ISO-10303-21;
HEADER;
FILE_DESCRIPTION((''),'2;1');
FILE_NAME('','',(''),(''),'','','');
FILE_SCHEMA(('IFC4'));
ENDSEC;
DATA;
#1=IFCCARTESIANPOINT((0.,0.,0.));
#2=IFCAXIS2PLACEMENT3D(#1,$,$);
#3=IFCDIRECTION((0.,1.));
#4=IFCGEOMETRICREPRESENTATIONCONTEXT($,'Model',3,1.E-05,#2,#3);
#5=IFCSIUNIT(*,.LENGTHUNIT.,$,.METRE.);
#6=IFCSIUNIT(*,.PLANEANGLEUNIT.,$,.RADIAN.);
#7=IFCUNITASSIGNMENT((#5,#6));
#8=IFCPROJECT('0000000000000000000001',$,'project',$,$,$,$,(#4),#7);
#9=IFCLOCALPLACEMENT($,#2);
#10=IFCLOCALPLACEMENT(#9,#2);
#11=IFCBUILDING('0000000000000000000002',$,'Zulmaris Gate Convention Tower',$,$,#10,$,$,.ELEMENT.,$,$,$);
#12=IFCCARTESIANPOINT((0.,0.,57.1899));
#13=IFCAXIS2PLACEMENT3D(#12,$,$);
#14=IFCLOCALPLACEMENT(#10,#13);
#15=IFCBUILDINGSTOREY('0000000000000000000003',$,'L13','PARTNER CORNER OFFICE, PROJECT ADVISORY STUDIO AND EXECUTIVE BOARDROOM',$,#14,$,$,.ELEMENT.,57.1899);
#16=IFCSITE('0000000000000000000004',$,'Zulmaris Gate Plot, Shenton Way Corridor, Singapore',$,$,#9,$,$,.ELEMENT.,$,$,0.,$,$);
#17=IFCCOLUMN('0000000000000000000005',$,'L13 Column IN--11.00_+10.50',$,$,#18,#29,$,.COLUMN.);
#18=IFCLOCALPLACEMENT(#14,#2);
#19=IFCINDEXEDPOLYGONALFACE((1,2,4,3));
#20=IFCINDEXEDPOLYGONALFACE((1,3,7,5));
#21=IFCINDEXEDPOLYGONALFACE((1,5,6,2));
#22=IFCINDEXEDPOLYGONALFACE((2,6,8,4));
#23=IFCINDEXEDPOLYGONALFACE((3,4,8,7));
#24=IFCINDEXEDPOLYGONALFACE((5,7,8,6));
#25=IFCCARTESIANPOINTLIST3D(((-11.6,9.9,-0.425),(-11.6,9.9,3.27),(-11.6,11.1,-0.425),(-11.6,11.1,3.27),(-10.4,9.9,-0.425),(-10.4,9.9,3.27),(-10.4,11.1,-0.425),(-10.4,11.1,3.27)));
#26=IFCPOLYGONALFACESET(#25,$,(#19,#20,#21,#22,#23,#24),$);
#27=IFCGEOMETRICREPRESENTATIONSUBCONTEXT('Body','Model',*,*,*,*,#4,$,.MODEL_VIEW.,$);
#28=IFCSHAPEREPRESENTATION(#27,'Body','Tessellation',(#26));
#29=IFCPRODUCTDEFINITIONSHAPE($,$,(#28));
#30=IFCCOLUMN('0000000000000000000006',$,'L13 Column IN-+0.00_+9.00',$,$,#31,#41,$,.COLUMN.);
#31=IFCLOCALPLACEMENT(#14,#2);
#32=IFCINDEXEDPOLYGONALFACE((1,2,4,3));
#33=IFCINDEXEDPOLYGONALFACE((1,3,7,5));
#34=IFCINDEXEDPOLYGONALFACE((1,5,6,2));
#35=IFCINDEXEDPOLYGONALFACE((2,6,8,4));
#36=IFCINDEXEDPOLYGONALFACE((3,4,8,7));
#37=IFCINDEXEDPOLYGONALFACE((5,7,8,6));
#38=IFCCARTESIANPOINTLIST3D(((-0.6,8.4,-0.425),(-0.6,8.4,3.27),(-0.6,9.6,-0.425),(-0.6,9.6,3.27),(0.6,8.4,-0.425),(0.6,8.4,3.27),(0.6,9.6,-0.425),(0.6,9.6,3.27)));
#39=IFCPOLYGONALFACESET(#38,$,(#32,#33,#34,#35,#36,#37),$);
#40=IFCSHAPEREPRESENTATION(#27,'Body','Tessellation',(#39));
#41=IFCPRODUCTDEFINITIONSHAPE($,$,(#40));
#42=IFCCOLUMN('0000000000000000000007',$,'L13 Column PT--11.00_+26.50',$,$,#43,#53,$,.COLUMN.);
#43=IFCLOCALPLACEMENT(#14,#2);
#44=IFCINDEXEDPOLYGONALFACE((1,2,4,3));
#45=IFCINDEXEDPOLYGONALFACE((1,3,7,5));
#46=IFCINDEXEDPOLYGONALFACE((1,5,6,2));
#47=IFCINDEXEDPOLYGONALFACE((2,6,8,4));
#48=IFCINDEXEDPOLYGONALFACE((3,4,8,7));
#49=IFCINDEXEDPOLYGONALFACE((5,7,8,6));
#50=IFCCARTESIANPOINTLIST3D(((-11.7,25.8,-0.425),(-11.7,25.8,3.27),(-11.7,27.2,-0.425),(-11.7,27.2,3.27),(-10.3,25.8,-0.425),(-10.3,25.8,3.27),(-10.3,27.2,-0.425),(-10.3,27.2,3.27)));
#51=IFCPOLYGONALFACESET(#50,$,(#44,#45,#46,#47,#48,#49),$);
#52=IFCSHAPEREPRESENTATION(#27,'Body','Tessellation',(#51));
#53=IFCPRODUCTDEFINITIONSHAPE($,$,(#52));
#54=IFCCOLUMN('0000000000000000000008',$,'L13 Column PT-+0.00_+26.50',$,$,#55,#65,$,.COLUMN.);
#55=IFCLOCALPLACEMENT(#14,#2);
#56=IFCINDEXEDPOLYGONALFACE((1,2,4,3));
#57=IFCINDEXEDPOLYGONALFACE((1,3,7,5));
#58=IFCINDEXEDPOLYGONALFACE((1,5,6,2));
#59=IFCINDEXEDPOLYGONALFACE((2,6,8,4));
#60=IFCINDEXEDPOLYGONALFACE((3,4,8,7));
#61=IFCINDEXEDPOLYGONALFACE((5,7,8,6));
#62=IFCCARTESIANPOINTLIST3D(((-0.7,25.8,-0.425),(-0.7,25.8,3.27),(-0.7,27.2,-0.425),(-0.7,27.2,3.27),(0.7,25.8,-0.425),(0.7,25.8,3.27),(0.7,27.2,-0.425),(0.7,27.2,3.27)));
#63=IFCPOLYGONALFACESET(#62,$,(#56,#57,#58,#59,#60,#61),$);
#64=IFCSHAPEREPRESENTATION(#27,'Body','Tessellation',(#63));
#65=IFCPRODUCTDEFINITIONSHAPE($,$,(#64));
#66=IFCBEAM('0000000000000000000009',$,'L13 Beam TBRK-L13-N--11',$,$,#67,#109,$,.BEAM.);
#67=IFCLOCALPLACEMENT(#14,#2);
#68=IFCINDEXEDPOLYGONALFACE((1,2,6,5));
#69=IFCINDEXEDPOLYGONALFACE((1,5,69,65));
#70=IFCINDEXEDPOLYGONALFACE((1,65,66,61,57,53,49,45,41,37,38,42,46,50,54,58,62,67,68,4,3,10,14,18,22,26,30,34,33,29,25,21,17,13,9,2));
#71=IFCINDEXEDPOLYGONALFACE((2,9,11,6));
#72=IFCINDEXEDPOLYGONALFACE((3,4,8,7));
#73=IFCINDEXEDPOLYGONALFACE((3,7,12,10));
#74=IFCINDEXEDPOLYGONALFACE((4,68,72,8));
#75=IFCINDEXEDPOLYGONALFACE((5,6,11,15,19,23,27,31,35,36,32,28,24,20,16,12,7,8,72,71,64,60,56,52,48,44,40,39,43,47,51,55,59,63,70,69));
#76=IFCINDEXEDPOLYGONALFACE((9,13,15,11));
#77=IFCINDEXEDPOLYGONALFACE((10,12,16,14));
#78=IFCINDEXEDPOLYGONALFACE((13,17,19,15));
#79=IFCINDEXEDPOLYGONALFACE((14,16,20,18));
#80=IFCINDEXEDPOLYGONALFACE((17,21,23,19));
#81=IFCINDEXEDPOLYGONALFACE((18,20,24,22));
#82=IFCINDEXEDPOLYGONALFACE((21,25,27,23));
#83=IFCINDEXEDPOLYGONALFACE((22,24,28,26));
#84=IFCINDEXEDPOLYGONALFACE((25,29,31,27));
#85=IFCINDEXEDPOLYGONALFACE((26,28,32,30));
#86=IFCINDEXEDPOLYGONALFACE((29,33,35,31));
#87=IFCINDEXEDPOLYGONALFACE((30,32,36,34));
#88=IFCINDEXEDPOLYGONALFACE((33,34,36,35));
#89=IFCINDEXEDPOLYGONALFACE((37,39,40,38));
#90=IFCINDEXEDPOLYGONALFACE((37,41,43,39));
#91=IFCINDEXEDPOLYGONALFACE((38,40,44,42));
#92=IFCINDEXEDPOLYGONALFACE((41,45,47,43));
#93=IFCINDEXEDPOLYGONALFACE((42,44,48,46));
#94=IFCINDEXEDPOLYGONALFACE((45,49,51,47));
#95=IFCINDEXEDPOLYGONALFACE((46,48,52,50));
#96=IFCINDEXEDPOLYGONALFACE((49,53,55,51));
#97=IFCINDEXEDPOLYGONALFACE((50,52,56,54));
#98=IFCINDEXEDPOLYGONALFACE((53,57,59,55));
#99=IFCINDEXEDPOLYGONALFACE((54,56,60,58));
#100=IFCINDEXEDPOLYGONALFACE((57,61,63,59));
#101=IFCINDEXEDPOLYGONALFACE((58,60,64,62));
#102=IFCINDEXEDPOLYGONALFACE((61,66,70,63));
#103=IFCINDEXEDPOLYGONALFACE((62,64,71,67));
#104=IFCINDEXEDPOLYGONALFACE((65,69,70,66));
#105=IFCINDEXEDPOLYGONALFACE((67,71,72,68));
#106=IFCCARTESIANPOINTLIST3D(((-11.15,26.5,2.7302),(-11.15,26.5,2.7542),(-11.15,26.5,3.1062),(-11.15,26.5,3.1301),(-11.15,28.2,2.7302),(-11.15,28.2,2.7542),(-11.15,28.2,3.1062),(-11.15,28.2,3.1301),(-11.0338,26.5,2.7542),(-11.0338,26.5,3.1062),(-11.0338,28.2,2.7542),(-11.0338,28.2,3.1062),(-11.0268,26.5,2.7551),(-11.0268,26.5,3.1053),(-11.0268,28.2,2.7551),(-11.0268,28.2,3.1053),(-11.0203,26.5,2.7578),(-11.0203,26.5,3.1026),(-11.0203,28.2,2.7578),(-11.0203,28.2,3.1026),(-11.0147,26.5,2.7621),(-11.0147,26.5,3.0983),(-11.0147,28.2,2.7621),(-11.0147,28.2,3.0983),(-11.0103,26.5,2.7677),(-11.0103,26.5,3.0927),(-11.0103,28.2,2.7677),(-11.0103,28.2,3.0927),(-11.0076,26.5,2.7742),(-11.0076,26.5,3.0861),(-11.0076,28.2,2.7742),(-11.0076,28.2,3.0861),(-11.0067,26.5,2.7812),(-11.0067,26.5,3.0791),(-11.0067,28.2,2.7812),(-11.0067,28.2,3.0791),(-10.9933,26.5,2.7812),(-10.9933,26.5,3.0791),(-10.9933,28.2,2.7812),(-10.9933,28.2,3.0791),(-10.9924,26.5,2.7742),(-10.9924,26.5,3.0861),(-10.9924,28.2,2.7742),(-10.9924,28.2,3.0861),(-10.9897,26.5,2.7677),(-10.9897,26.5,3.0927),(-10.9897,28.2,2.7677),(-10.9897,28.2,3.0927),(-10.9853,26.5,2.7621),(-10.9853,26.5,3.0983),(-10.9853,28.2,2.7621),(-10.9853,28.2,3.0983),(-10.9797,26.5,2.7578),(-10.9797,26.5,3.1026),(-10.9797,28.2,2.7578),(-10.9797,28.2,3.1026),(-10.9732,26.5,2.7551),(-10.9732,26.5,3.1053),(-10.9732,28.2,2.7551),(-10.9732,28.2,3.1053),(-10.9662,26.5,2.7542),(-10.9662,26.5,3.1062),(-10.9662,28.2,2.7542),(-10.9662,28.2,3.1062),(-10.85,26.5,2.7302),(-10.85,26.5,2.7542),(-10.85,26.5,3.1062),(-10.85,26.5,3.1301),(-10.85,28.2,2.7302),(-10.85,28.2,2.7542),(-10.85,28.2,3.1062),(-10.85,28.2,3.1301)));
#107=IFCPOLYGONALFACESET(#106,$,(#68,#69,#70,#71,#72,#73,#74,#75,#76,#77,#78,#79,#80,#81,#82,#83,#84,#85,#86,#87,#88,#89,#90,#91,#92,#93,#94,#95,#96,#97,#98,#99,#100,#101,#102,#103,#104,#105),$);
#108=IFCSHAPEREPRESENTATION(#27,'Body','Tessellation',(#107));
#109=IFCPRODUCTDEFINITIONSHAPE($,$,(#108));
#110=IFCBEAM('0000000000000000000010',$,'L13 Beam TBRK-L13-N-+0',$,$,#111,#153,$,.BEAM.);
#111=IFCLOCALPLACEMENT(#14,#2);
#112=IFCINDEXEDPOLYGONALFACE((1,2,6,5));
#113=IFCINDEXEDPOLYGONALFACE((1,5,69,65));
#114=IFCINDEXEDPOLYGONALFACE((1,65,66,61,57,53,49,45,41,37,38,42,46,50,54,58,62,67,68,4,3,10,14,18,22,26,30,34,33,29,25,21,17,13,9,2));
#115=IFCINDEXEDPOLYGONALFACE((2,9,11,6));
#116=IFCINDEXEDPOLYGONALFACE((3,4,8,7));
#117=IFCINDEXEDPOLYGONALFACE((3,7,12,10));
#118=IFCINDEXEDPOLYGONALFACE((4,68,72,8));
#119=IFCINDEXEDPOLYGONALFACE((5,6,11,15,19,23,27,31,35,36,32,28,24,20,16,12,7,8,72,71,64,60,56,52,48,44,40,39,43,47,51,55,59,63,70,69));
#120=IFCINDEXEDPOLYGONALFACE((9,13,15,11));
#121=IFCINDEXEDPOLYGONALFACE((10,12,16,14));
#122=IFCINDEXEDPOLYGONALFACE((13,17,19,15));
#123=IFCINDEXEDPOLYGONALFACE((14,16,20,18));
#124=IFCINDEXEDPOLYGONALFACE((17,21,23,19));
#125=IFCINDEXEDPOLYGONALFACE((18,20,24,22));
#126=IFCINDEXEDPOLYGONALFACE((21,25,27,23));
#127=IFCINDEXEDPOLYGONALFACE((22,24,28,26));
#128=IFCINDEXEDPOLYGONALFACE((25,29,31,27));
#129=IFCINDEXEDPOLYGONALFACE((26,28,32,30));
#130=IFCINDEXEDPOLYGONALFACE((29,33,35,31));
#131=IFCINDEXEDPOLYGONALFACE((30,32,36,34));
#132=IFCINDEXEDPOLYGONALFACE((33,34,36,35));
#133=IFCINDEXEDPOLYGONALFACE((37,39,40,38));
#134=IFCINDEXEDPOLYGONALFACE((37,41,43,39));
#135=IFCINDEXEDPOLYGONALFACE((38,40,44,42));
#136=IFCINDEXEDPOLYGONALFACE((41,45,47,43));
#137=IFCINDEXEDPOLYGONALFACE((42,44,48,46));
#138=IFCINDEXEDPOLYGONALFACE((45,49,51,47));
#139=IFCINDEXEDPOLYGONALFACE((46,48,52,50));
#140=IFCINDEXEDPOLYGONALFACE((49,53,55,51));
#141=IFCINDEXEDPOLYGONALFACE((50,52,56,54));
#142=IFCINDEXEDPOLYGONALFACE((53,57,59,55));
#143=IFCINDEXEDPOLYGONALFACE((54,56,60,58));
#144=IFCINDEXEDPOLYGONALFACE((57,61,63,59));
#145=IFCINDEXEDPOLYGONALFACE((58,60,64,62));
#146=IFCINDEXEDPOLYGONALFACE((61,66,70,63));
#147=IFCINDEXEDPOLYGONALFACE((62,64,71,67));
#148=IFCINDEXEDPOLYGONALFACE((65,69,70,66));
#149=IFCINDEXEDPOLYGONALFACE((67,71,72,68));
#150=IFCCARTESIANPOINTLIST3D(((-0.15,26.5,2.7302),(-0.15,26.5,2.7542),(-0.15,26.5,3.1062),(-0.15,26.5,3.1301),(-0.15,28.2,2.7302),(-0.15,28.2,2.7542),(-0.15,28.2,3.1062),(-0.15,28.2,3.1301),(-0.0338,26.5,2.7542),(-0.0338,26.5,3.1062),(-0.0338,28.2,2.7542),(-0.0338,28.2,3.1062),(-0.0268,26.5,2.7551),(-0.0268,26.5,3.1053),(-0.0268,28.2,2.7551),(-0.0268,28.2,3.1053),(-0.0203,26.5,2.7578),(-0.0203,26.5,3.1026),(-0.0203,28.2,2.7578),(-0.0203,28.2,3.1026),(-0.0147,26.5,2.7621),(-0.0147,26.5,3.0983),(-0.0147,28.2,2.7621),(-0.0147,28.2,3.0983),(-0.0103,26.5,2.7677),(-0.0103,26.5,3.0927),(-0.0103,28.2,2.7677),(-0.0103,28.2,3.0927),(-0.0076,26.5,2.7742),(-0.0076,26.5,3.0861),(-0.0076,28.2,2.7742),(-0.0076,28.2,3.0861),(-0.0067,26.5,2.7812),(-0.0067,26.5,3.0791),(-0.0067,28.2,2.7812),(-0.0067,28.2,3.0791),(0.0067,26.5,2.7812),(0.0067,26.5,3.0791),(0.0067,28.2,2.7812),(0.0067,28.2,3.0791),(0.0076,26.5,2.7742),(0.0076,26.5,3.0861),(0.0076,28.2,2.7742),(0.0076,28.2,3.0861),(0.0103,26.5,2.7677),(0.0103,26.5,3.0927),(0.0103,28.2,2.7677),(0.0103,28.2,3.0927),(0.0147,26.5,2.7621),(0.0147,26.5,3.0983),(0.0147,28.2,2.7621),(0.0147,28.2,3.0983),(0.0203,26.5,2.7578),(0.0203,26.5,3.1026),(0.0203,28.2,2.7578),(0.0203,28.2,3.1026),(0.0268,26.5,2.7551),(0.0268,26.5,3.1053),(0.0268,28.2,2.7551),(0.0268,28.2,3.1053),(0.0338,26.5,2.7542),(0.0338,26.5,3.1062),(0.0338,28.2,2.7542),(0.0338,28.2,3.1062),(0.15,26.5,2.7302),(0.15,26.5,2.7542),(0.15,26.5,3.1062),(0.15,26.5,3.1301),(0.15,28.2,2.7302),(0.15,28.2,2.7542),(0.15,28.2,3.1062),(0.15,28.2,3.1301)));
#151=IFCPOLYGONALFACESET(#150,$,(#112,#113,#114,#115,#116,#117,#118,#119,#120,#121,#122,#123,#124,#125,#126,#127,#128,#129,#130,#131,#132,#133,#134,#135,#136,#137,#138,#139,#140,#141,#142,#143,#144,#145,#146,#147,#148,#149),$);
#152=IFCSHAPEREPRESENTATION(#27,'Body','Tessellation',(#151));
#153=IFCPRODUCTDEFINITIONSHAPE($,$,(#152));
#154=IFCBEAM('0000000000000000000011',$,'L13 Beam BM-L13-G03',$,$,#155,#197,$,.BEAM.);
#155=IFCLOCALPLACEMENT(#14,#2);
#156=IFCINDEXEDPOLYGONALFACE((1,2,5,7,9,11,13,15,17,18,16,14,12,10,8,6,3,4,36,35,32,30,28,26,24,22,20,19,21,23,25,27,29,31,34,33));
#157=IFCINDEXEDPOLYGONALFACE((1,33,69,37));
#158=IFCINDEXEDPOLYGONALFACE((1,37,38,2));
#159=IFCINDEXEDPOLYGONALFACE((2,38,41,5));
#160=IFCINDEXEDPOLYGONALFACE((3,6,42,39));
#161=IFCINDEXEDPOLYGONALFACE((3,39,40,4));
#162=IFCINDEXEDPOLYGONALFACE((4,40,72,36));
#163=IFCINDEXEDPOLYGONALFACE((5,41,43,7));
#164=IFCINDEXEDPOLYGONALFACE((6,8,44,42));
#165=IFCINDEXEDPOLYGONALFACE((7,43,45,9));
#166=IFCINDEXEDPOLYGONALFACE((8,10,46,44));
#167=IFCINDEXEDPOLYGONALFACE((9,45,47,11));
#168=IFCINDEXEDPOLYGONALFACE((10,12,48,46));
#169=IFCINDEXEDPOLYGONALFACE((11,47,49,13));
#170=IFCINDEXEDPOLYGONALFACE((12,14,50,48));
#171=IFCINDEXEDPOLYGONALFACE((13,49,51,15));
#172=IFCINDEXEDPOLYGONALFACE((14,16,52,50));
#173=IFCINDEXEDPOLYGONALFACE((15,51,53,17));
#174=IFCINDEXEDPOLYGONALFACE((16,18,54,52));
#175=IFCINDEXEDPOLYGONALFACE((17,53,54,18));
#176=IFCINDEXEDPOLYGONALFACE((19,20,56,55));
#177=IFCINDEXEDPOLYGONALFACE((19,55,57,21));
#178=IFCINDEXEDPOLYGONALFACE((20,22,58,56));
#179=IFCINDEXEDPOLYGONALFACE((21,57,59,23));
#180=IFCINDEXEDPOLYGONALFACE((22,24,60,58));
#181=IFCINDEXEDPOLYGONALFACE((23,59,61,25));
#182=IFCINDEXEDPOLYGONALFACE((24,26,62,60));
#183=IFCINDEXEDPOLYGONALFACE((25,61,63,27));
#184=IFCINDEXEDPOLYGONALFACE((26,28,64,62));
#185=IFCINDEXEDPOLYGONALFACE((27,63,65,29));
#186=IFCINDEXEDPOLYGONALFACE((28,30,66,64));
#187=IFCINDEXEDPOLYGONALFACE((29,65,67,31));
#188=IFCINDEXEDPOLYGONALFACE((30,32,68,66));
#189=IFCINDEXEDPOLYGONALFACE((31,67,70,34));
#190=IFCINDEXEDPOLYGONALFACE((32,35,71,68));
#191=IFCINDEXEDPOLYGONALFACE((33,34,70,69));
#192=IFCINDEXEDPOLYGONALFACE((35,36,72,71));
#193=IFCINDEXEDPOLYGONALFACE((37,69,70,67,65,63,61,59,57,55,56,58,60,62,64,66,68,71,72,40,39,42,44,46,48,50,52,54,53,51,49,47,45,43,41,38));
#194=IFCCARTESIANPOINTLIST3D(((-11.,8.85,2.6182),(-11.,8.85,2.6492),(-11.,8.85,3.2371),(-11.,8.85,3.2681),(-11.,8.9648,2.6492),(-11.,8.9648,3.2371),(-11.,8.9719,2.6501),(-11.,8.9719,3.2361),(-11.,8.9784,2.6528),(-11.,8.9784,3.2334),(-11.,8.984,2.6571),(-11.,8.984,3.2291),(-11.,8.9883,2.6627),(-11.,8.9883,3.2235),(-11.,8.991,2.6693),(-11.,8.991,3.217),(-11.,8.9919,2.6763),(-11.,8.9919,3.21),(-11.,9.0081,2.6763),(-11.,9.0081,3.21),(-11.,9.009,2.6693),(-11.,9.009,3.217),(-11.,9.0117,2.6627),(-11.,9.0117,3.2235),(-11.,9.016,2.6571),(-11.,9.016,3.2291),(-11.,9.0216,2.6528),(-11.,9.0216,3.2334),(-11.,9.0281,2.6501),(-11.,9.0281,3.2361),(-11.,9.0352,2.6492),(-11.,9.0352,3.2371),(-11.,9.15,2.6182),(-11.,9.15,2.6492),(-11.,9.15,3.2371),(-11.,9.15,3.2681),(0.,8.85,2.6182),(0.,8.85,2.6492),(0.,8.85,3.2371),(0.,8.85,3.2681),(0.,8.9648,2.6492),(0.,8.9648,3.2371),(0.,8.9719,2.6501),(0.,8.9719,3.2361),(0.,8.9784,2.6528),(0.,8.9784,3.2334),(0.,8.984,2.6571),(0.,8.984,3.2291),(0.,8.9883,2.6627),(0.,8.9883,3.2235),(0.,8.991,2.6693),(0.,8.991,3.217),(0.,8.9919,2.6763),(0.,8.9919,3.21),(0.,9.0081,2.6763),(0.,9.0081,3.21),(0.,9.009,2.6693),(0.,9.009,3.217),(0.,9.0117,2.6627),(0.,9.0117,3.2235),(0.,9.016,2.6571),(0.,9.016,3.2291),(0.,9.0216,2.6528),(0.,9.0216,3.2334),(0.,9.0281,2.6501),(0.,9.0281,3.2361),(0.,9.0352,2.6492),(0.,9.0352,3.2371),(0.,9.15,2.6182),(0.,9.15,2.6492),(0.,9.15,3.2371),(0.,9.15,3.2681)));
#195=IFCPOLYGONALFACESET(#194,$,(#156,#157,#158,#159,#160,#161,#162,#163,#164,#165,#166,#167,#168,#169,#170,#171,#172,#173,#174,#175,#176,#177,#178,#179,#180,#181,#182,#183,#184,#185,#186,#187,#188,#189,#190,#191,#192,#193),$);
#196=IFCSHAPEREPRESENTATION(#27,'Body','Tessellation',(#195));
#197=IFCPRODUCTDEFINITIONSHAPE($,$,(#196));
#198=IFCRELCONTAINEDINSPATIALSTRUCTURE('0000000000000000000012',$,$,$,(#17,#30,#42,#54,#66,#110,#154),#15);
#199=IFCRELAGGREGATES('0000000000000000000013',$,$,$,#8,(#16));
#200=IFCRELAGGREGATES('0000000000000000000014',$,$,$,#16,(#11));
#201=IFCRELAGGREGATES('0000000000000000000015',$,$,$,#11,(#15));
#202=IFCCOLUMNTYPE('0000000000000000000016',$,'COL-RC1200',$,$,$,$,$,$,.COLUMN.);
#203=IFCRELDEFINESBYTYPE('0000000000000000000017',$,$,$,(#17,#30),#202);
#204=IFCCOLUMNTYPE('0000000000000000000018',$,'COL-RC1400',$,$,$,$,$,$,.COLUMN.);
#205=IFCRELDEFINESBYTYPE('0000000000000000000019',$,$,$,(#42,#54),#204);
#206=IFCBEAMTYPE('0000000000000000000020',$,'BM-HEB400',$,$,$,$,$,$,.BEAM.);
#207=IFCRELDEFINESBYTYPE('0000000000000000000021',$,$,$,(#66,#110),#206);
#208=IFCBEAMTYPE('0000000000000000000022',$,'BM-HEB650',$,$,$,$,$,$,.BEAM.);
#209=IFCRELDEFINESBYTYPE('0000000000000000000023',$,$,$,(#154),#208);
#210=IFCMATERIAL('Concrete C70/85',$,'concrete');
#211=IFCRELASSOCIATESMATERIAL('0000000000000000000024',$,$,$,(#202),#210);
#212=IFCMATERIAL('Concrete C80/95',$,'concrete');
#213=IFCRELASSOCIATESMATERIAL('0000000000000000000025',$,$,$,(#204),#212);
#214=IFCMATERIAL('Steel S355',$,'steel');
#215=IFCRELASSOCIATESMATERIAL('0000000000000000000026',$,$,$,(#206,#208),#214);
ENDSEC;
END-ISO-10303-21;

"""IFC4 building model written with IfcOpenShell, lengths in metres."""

from ifc_helpers import new_model, si_unit, direction, frame, origin, origin_2d, place, context, subcontext, project, spatial, rectangle, i_section, extrude, material, material_profile, profile_set, type_object, element, save


model = new_model("IFC4")

# Units and contexts
model_context = context("Model", 3, precision=1e-05, world=origin(), true_north=direction((0.0, 1.0)))
body_context = subcontext(model_context, "Body", "Model", "MODEL_VIEW")
ifc_project = project(units=[si_unit("LENGTHUNIT", "METRE"), si_unit("PLANEANGLEUNIT", "RADIAN")], contexts=[model_context])

# Site, building, storey
site_placement = place(None, origin())
site = spatial("IfcSite", under=ifc_project, at=site_placement, Name="Zulmaris Gate Plot, Shenton Way Corridor, Singapore", CompositionType="ELEMENT", RefElevation=0.0)
building_placement = place(site_placement, origin())
building = spatial("IfcBuilding", under=site, at=building_placement, Name="Zulmaris Gate Convention Tower", CompositionType="ELEMENT")
storey_placement = place(building_placement, frame((0.0, 0.0, 57.1899)))
storey = spatial("IfcBuildingStorey", under=building, at=storey_placement, Name="L13", Description="PARTNER CORNER OFFICE, PROJECT ADVISORY STUDIO AND EXECUTIVE BOARDROOM", CompositionType="ELEMENT", Elevation=57.1899)

# Columns
ifc_material_1 = material(Name="Concrete C70/85", Category="concrete")
ifc_material_profile_1 = material_profile(ifc_material_1, rectangle(XDim=1.2, YDim=1.2, at=origin_2d()), Name="RC COL 1200x1200")
ifc_profile_set_1 = profile_set([ifc_material_profile_1], Name="Concrete C70/85")
column_type_1 = type_object("IfcColumnType", Name="COL-RC1200", PredefinedType="COLUMN", material=ifc_profile_set_1)
for number, where, z_axis, x_axis, name in (
    (1, (-11.0, 10.5, -0.425), (0.0, 0.0, 1.0), (1.0, 0.0, 0.0), "L13 Column IN--11.00_+10.50"),
    (2, (0.0, 9.0, -0.425), (0.0, 0.0, 1.0), (1.0, 0.0, 0.0), "L13 Column IN-+0.00_+9.00"),
):
    element("IfcColumn", number, at=place(storey_placement, frame(where, z_axis=z_axis, x_axis=x_axis)), inside=storey, type_object=column_type_1, Name=name, PredefinedType="COLUMN", context=body_context, shape_type="SweptSolid", body=[
        extrude(rectangle(XDim=1.2, YDim=1.2, at=origin_2d()), origin(), (0.0, 0.0, 1.0), 3.6951),
    ])
ifc_material_2 = material(Name="Concrete C80/95", Category="concrete")
ifc_material_profile_2 = material_profile(ifc_material_2, rectangle(XDim=1.3999, YDim=1.3999, at=origin_2d()), Name="RC COL 1400x1400")
ifc_profile_set_2 = profile_set([ifc_material_profile_2], Name="Concrete C80/95")
column_type_2 = type_object("IfcColumnType", Name="COL-RC1400", PredefinedType="COLUMN", material=ifc_profile_set_2)
for number, where, z_axis, x_axis, name in (
    (3, (-11.0, 26.5, -0.425), (0.0, 0.0, 1.0), (1.0, 0.0, 0.0), "L13 Column PT--11.00_+26.50"),
    (4, (0.0, 26.5, -0.425), (0.0, 0.0, 1.0), (1.0, 0.0, 0.0), "L13 Column PT-+0.00_+26.50"),
):
    element("IfcColumn", number, at=place(storey_placement, frame(where, z_axis=z_axis, x_axis=x_axis)), inside=storey, type_object=column_type_2, Name=name, PredefinedType="COLUMN", context=body_context, shape_type="SweptSolid", body=[
        extrude(rectangle(XDim=1.3999, YDim=1.3999, at=origin_2d()), origin(), (0.0, 0.0, 1.0), 3.6951),
    ])

# Beams
ifc_material_3 = material(Name="Steel S355", Category="steel")
ifc_material_profile_3 = material_profile(ifc_material_3, i_section(OverallWidth=0.3, OverallDepth=0.3999, WebThickness=0.0134, FlangeThickness=0.0239, FilletRadius=0.0271, at=origin_2d()), Name="HEB 400")
ifc_profile_set_3 = profile_set([ifc_material_profile_3], Name="Steel S355")
beam_type_1 = type_object("IfcBeamType", Name="BM-HEB400", PredefinedType="BEAM", material=ifc_profile_set_3)
for number, where, z_axis, x_axis, name in (
    (5, (-11.0, 26.5, 2.9302), (0.0, 1.0, 0.0), (-1.0, 0.0, 0.0), "L13 Beam TBRK-L13-N--11"),
    (6, (0.0, 26.5, 2.9302), (0.0, 1.0, 0.0), (-1.0, 0.0, 0.0), "L13 Beam TBRK-L13-N-+0"),
):
    element("IfcBeam", number, at=place(storey_placement, frame(where, z_axis=z_axis, x_axis=x_axis)), inside=storey, type_object=beam_type_1, Name=name, PredefinedType="BEAM", context=body_context, shape_type="SweptSolid", body=[
        extrude(i_section(OverallWidth=0.3, OverallDepth=0.3999, WebThickness=0.0134, FlangeThickness=0.0239, FilletRadius=0.0271, at=origin_2d()), origin(), (0.0, 0.0, 1.0), 1.7),
    ])
ifc_material_profile_4 = material_profile(ifc_material_3, i_section(OverallWidth=0.3, OverallDepth=0.6499, WebThickness=0.0161, FlangeThickness=0.031, FilletRadius=0.0271, at=origin_2d()), Name="HEB 650")
ifc_profile_set_4 = profile_set([ifc_material_profile_4], Name="Steel S355")
beam_type_2 = type_object("IfcBeamType", Name="BM-HEB650", PredefinedType="BEAM", material=ifc_profile_set_4)
for number, where, z_axis, x_axis, name in (
    (7, (-11.0, 9.0, 2.9431), (1.0, 0.0, 0.0), (0.0, 1.0, 0.0), "L13 Beam BM-L13-G03"),
):
    element("IfcBeam", number, at=place(storey_placement, frame(where, z_axis=z_axis, x_axis=x_axis)), inside=storey, type_object=beam_type_2, Name=name, PredefinedType="BEAM", context=body_context, shape_type="SweptSolid", body=[
        extrude(i_section(OverallWidth=0.3, OverallDepth=0.6499, WebThickness=0.0161, FlangeThickness=0.031, FilletRadius=0.0271, at=origin_2d()), origin(), (0.0, 0.0, 1.0), 11.0),
    ])

save(model, "model.ifc")
